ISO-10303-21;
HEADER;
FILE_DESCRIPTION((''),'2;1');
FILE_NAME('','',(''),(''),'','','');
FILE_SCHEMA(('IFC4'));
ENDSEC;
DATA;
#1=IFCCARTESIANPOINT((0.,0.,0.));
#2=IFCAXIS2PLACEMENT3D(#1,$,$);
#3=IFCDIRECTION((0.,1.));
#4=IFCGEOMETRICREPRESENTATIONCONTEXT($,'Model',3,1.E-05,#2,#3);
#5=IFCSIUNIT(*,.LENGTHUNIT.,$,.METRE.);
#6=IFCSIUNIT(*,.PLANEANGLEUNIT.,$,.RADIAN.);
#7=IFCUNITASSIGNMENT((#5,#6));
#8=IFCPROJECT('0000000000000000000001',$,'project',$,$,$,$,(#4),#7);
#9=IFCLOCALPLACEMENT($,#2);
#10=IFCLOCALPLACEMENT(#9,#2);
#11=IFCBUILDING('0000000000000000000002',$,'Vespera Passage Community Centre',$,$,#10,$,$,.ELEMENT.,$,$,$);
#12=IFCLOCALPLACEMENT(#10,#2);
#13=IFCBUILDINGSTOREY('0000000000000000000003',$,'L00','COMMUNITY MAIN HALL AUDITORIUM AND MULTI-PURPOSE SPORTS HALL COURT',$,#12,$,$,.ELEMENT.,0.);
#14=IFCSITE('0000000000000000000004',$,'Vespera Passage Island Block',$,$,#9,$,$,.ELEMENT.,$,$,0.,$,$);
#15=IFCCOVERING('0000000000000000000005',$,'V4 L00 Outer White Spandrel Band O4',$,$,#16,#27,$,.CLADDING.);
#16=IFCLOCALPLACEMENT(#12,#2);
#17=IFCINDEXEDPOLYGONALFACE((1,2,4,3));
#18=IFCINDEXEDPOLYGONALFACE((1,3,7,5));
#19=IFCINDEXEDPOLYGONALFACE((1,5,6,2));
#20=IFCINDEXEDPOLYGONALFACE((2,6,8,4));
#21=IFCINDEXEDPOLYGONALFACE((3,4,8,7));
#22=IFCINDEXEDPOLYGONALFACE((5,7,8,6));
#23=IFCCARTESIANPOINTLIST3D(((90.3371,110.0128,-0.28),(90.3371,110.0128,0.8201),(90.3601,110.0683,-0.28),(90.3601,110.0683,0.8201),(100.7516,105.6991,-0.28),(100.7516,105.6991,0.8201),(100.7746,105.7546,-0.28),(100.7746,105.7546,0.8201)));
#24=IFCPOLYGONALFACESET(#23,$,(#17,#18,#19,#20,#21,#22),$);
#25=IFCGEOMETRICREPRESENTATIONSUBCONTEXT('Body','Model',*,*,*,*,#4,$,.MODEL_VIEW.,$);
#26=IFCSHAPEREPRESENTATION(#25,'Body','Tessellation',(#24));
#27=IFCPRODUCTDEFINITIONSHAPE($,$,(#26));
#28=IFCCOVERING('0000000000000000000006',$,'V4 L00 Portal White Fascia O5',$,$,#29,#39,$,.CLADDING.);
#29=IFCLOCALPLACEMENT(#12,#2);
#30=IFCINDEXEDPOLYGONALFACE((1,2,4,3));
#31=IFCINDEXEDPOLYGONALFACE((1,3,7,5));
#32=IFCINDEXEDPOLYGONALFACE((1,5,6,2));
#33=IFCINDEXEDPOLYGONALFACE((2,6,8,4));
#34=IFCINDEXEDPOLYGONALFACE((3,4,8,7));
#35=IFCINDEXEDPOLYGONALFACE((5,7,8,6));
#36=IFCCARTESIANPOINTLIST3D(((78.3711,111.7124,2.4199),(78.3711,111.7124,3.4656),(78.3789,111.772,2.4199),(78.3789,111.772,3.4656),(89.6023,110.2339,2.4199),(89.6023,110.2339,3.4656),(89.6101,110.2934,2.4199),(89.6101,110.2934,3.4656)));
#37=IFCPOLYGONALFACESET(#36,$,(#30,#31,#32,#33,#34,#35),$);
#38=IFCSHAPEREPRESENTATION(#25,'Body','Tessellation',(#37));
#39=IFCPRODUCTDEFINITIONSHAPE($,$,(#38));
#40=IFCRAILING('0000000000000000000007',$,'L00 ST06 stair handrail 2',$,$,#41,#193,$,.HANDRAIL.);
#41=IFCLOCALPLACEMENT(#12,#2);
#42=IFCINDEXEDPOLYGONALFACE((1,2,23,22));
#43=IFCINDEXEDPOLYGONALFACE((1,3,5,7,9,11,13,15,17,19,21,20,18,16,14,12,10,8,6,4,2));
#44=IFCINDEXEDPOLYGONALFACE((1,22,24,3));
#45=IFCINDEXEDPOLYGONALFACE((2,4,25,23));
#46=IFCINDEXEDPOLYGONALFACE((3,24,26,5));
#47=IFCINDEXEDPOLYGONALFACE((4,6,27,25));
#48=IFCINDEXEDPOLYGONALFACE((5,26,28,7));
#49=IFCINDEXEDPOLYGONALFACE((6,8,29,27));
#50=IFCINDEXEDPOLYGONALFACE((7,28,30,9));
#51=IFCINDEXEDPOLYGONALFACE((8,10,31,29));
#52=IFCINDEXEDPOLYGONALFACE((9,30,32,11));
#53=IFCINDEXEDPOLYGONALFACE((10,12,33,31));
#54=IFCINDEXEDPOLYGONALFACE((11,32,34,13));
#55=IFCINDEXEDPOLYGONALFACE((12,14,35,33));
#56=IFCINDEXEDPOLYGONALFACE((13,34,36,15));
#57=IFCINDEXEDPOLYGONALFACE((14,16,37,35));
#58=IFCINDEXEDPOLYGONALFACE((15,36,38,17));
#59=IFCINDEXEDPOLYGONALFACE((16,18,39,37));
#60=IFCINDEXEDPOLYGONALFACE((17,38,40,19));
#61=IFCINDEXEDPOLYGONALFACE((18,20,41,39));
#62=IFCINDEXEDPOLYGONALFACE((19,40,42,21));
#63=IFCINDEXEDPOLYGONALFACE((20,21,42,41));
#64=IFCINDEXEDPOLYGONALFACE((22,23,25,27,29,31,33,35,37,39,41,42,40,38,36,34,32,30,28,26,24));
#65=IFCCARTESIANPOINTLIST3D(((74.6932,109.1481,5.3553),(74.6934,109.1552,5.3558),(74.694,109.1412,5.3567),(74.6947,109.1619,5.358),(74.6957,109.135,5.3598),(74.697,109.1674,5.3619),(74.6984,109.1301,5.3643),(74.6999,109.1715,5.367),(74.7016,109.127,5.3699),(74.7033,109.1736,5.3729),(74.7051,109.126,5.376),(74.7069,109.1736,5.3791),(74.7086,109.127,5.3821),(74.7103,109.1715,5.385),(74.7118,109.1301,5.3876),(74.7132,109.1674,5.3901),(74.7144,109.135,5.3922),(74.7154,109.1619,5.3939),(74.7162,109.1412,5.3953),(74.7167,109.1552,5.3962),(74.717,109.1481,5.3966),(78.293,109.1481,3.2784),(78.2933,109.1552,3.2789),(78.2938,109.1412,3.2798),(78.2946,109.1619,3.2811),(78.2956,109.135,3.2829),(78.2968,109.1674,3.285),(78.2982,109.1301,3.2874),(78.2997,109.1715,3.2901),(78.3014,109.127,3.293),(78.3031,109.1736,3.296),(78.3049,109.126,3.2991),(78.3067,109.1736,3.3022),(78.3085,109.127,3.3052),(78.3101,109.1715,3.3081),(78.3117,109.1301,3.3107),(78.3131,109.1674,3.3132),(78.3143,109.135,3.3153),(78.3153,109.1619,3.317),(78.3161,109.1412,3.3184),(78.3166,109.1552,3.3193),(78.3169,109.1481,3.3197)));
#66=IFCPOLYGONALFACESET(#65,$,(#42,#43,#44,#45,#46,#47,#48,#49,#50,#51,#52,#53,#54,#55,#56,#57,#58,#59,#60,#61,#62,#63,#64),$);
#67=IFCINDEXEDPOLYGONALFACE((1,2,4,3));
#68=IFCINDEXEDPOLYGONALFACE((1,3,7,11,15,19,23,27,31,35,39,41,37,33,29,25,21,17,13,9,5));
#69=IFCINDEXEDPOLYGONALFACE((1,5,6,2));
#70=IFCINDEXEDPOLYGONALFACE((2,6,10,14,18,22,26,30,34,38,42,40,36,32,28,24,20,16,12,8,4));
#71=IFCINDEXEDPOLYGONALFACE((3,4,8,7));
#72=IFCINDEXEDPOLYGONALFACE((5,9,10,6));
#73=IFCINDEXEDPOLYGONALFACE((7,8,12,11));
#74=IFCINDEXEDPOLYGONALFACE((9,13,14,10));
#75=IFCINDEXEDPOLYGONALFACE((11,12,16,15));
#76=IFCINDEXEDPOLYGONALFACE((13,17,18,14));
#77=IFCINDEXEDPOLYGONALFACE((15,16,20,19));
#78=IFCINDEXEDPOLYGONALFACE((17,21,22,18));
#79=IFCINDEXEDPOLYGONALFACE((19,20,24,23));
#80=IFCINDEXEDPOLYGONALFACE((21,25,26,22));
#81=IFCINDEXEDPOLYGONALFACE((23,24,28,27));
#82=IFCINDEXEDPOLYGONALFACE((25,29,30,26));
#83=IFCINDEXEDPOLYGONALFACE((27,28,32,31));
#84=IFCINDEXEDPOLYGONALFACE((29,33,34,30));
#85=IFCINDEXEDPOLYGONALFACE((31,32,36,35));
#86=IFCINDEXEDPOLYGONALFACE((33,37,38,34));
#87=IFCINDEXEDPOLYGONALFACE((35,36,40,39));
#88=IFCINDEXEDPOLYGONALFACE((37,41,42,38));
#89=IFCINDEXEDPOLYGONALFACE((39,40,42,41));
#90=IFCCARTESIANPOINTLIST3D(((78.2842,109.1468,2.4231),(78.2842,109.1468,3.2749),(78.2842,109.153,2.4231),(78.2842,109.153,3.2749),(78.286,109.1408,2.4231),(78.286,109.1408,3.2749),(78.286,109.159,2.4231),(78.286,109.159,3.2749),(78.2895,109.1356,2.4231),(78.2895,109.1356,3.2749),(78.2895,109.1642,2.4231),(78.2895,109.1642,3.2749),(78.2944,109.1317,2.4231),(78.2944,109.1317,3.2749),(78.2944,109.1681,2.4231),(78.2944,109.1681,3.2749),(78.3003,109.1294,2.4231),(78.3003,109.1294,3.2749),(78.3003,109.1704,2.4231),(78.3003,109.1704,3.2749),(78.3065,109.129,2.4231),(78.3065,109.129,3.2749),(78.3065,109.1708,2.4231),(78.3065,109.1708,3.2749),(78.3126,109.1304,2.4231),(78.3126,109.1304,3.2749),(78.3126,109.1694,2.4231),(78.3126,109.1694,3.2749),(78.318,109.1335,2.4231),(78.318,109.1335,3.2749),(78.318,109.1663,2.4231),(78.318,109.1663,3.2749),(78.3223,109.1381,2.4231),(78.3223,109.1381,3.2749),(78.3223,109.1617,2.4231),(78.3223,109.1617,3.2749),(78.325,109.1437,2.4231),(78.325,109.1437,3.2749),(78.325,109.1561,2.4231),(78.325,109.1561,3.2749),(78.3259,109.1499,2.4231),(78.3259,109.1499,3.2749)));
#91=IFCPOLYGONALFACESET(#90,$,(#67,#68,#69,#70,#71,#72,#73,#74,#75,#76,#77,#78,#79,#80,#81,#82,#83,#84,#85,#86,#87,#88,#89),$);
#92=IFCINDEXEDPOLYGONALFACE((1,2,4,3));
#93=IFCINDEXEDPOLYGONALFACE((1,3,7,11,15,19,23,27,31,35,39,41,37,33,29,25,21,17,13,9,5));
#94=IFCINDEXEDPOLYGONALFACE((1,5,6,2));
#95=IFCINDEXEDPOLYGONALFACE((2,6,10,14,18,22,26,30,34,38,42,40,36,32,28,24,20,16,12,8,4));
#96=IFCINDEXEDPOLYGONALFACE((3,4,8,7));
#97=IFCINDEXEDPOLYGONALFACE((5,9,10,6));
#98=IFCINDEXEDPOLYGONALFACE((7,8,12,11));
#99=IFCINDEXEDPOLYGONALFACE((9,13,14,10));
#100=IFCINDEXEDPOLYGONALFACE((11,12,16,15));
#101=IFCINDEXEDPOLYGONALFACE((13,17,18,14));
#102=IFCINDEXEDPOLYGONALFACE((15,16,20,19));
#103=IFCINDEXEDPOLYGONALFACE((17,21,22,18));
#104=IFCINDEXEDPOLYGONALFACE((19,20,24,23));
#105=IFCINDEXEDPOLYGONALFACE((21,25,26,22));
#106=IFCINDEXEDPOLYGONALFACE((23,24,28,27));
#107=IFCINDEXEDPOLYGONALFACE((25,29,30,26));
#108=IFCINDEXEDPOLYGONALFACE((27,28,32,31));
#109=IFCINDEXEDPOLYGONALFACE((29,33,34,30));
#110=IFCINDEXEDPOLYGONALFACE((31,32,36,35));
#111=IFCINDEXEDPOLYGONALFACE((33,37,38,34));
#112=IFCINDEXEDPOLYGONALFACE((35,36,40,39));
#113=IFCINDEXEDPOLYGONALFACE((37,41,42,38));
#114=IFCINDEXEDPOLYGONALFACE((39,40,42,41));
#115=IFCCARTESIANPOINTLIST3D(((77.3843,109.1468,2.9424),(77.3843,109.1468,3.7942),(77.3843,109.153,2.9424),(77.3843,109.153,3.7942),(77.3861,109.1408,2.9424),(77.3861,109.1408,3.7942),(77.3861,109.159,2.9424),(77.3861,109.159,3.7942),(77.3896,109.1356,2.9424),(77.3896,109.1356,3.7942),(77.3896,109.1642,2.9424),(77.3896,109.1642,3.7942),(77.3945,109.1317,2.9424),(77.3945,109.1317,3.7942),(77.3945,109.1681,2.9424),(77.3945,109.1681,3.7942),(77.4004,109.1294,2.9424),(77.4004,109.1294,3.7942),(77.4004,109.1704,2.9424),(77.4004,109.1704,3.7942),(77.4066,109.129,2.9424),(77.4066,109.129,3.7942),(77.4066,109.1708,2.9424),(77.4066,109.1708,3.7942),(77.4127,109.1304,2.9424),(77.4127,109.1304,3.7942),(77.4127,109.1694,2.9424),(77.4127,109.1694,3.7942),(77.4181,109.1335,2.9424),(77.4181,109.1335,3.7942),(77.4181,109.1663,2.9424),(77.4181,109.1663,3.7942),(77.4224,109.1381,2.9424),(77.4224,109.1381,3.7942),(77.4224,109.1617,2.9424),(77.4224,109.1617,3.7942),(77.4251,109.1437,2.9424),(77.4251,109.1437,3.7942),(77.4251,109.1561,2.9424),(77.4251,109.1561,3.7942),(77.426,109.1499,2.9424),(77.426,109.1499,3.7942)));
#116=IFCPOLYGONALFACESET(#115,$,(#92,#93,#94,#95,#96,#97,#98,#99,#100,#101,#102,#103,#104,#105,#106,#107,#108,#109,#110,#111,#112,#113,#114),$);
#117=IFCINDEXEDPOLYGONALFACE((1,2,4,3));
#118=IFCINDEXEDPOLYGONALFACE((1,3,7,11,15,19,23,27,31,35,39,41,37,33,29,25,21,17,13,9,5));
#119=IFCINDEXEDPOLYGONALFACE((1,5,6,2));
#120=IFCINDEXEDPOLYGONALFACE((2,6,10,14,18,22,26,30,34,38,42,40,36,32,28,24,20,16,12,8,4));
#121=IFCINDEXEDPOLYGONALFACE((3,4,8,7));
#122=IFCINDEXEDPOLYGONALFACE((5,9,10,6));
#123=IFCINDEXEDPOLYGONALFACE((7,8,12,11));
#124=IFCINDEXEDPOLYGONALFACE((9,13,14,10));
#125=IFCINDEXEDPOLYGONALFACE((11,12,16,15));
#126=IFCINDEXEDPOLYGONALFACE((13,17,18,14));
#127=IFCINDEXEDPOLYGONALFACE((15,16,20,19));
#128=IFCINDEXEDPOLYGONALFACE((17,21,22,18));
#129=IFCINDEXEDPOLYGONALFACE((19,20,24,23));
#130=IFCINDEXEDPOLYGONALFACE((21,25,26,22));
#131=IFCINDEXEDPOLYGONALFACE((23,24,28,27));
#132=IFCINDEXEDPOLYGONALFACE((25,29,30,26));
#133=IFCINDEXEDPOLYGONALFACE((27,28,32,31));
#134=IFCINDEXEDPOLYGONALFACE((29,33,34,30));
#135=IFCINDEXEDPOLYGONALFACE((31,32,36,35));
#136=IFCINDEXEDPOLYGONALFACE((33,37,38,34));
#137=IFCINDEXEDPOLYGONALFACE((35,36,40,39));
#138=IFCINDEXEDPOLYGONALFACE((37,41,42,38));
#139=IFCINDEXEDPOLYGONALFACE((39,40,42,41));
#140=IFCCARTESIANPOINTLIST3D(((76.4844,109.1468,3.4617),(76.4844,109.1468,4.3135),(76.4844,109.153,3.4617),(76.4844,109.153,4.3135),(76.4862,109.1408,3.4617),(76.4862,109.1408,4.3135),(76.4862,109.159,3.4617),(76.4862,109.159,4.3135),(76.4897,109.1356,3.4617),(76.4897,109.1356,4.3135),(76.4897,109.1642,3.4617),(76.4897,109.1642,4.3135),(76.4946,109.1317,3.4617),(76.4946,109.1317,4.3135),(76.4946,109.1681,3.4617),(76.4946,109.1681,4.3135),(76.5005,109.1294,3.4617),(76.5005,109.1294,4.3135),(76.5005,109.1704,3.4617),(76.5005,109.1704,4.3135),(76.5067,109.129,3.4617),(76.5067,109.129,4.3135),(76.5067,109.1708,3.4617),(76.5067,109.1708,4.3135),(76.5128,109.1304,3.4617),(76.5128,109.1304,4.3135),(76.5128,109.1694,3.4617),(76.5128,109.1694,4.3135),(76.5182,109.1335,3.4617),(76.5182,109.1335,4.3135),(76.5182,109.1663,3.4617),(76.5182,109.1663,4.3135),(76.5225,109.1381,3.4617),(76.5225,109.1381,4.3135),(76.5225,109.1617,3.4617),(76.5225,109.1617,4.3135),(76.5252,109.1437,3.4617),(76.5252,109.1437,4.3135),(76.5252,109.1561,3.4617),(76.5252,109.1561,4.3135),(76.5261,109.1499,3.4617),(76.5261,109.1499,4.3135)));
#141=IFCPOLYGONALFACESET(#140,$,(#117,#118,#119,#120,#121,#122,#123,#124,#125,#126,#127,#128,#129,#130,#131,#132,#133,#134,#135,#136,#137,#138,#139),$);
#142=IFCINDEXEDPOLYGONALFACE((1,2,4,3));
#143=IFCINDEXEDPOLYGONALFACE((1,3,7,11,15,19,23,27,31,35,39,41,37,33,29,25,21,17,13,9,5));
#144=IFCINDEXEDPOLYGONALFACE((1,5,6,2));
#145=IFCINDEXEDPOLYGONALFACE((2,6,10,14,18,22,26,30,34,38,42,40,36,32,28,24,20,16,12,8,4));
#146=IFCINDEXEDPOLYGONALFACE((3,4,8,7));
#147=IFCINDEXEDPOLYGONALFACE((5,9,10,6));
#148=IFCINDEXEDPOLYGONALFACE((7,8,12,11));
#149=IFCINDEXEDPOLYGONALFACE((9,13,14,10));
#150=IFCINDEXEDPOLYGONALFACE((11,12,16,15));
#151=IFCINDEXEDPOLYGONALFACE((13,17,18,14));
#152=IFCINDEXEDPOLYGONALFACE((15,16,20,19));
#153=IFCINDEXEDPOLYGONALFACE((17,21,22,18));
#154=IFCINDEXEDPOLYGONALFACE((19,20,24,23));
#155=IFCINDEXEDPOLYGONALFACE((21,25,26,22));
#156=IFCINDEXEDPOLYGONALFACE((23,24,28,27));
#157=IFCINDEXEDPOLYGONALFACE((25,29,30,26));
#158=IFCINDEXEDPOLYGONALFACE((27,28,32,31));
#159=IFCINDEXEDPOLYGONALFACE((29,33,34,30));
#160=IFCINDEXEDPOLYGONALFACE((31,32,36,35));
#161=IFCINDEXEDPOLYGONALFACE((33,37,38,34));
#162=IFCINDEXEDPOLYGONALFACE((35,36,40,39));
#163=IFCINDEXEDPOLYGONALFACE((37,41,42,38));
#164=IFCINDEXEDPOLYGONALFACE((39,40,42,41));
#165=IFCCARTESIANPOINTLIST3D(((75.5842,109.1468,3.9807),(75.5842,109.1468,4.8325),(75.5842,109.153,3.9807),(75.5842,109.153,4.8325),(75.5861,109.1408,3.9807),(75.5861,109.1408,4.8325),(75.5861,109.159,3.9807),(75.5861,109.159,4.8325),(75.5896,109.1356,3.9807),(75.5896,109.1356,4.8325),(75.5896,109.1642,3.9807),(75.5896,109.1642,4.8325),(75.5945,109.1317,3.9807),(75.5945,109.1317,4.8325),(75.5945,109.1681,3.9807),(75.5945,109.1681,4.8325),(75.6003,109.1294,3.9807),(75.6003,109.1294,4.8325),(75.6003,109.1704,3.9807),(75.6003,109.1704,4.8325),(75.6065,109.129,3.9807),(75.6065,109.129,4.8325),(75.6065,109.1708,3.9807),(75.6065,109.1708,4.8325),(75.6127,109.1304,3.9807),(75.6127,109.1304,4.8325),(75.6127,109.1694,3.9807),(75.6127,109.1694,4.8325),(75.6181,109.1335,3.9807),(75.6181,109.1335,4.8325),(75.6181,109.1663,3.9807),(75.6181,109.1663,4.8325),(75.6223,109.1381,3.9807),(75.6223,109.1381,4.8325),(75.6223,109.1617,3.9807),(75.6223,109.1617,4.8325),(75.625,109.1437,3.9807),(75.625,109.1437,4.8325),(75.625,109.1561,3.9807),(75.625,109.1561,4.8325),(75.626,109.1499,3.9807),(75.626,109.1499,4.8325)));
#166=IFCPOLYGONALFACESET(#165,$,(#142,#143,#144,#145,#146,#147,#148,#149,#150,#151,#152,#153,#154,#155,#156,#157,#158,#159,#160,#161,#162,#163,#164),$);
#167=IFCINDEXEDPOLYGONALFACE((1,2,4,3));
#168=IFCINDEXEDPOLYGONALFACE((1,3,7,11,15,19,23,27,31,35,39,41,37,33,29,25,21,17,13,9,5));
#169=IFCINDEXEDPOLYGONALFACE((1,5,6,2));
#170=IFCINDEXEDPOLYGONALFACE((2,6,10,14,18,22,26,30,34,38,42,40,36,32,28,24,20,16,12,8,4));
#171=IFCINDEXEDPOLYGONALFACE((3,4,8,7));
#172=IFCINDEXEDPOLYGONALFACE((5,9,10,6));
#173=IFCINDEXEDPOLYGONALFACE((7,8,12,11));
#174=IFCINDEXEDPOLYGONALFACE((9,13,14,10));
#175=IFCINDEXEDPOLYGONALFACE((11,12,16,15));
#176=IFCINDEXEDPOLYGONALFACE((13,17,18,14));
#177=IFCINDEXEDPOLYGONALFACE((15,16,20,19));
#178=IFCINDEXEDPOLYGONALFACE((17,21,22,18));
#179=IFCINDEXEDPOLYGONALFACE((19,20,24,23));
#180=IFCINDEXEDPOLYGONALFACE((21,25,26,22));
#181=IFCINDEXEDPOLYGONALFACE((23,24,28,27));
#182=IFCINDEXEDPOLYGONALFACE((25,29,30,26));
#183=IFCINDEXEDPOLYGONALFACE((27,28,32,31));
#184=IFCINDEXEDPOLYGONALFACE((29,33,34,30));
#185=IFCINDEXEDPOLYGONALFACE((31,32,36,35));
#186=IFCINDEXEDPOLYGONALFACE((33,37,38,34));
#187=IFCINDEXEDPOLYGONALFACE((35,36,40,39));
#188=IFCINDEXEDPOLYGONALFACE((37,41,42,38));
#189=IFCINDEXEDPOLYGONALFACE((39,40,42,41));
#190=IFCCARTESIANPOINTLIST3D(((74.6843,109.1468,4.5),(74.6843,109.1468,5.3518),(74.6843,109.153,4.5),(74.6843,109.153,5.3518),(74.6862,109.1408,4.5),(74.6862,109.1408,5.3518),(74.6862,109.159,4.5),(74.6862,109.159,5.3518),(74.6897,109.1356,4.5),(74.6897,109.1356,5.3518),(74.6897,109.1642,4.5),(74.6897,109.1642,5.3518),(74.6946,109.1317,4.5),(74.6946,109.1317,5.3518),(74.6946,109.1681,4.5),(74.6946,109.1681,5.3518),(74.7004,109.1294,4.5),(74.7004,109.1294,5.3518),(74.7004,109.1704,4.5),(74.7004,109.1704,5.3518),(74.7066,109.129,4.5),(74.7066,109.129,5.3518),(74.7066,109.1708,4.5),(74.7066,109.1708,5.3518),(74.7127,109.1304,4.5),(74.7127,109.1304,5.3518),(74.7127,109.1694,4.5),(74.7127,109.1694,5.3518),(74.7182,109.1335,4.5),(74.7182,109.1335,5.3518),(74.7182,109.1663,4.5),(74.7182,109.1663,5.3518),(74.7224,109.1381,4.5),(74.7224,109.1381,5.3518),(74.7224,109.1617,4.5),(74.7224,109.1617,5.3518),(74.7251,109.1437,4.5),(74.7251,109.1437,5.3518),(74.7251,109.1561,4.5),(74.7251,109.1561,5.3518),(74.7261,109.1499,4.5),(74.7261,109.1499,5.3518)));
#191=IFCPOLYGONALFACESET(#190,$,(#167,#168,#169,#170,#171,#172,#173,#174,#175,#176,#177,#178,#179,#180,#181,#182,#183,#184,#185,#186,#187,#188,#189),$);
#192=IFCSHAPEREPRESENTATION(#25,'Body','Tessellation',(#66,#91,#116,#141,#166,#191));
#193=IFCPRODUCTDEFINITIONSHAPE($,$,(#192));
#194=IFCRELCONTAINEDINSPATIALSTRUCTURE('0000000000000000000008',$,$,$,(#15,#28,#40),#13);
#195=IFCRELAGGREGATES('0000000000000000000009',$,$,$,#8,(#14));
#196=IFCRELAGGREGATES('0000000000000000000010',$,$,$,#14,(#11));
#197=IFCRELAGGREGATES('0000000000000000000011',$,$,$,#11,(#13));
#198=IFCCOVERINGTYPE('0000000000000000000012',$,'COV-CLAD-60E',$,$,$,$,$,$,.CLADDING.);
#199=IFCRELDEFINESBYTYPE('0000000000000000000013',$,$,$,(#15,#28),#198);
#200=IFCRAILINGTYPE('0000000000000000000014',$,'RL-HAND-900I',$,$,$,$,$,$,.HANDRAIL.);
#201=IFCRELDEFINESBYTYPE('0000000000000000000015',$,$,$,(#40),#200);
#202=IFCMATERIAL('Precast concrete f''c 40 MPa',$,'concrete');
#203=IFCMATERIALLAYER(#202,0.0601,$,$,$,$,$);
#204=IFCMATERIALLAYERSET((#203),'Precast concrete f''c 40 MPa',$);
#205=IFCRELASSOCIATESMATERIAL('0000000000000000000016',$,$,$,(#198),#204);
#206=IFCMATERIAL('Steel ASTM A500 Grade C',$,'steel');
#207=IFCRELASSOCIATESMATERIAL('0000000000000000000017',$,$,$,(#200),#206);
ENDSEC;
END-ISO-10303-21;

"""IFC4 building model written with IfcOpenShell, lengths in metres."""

from ifc_helpers import new_model, si_unit, direction, frame, frame_2d, origin, origin_2d, place, context, subcontext, project, spatial, rectangle, circle, extrude, material, layer, layer_set, type_object, element, save


model = new_model("IFC4")

# Units and contexts
model_context = context("Model", 3, precision=1e-05, world=origin(), true_north=direction((0.0, 1.0)))
body_context = subcontext(model_context, "Body", "Model", "MODEL_VIEW")
ifc_project = project(units=[si_unit("LENGTHUNIT", "METRE"), si_unit("PLANEANGLEUNIT", "RADIAN")], contexts=[model_context])

# Site, building, storey
site_placement = place(None, origin())
site = spatial("IfcSite", under=ifc_project, at=site_placement, Name="Vespera Passage Island Block", CompositionType="ELEMENT", RefElevation=0.0)
building_placement = place(site_placement, origin())
building = spatial("IfcBuilding", under=site, at=building_placement, Name="Vespera Passage Community Centre", CompositionType="ELEMENT")
storey_placement = place(building_placement, origin())
storey = spatial("IfcBuildingStorey", under=building, at=storey_placement, Name="L00", Description="COMMUNITY MAIN HALL AUDITORIUM AND MULTI-PURPOSE SPORTS HALL COURT", CompositionType="ELEMENT", Elevation=0.0)

# Coverings
ifc_material_1 = material(Name="Precast concrete f'c 40 MPa", Category="concrete")
ifc_layer_1 = layer(ifc_material_1, 0.0601)
ifc_layer_set_1 = layer_set([ifc_layer_1], Name="Precast concrete f'c 40 MPa")
covering_type = type_object("IfcCoveringType", Name="COV-CLAD-60E", PredefinedType="CLADDING", material=ifc_layer_set_1)
covering_1_placement = place(storey_placement, frame((90.3486, 110.0405, -0.28), z_axis=(0.0, 0.0, 1.0), x_axis=(0.923884, -0.382674, 0.0)))
element("IfcCovering", 1, at=covering_1_placement, inside=storey, type_object=covering_type, Name="V4 L00 Outer White Spandrel Band O4", PredefinedType="CLADDING", context=body_context, shape_type="SweptSolid", body=[
    extrude(rectangle(XDim=11.2725, YDim=0.0601, at=frame_2d((5.6362, 0.0))), origin(), (0.0, 0.0, 1.0), 1.1001),
])
covering_2_placement = place(storey_placement, frame((78.375, 111.7422, 2.4199), z_axis=(0.0, 0.0, 1.0), x_axis=(0.991446, -0.130518, 0.0)))
element("IfcCovering", 2, at=covering_2_placement, inside=storey, type_object=covering_type, Name="V4 L00 Portal White Fascia O5", PredefinedType="CLADDING", context=body_context, shape_type="SweptSolid", body=[
    extrude(rectangle(XDim=11.3281, YDim=0.0601, at=frame_2d((5.6641, 0.0))), origin(), (0.0, 0.0, 1.0), 1.0457),
])

# Railing
ifc_material_2 = material(Name="Steel ASTM A500 Grade C", Category="steel")
railing_type_1 = type_object("IfcRailingType", Name="RL-HAND-900I", PredefinedType="HANDRAIL", material=ifc_material_2)
railing_1_placement = place(storey_placement, frame((78.3049, 109.1499, 2.4231)))
element("IfcRailing", 3, at=railing_1_placement, inside=storey, type_object=railing_type_1, Name="L00 ST06 stair handrail 2", PredefinedType="HANDRAIL", context=body_context, shape_type="SweptSolid", body=[
    extrude(circle(Radius=0.0239, at=origin_2d()), frame((0.0, 0.0, 0.876), z_axis=(-0.866179, 0.0, 0.499734), x_axis=(0.0, -1.0, 0.0)), (0.0, 0.0, 1.0), 4.156),
    extrude(circle(Radius=0.021, at=origin_2d()), origin(), (0.0, 0.0, 1.0), 0.8518),
    extrude(circle(Radius=0.021, at=origin_2d()), frame((-0.8999, 0.0, 0.5193)), (0.0, 0.0, 1.0), 0.8518),
    extrude(circle(Radius=0.021, at=origin_2d()), frame((-1.7998, 0.0, 1.0386)), (0.0, 0.0, 1.0), 0.8518),
    extrude(circle(Radius=0.021, at=origin_2d()), frame((-2.7, 0.0, 1.5576)), (0.0, 0.0, 1.0), 0.8518),
    extrude(circle(Radius=0.021, at=origin_2d()), frame((-3.5999, 0.0, 2.0769)), (0.0, 0.0, 1.0), 0.8518),
])

save(model, "model.ifc")
